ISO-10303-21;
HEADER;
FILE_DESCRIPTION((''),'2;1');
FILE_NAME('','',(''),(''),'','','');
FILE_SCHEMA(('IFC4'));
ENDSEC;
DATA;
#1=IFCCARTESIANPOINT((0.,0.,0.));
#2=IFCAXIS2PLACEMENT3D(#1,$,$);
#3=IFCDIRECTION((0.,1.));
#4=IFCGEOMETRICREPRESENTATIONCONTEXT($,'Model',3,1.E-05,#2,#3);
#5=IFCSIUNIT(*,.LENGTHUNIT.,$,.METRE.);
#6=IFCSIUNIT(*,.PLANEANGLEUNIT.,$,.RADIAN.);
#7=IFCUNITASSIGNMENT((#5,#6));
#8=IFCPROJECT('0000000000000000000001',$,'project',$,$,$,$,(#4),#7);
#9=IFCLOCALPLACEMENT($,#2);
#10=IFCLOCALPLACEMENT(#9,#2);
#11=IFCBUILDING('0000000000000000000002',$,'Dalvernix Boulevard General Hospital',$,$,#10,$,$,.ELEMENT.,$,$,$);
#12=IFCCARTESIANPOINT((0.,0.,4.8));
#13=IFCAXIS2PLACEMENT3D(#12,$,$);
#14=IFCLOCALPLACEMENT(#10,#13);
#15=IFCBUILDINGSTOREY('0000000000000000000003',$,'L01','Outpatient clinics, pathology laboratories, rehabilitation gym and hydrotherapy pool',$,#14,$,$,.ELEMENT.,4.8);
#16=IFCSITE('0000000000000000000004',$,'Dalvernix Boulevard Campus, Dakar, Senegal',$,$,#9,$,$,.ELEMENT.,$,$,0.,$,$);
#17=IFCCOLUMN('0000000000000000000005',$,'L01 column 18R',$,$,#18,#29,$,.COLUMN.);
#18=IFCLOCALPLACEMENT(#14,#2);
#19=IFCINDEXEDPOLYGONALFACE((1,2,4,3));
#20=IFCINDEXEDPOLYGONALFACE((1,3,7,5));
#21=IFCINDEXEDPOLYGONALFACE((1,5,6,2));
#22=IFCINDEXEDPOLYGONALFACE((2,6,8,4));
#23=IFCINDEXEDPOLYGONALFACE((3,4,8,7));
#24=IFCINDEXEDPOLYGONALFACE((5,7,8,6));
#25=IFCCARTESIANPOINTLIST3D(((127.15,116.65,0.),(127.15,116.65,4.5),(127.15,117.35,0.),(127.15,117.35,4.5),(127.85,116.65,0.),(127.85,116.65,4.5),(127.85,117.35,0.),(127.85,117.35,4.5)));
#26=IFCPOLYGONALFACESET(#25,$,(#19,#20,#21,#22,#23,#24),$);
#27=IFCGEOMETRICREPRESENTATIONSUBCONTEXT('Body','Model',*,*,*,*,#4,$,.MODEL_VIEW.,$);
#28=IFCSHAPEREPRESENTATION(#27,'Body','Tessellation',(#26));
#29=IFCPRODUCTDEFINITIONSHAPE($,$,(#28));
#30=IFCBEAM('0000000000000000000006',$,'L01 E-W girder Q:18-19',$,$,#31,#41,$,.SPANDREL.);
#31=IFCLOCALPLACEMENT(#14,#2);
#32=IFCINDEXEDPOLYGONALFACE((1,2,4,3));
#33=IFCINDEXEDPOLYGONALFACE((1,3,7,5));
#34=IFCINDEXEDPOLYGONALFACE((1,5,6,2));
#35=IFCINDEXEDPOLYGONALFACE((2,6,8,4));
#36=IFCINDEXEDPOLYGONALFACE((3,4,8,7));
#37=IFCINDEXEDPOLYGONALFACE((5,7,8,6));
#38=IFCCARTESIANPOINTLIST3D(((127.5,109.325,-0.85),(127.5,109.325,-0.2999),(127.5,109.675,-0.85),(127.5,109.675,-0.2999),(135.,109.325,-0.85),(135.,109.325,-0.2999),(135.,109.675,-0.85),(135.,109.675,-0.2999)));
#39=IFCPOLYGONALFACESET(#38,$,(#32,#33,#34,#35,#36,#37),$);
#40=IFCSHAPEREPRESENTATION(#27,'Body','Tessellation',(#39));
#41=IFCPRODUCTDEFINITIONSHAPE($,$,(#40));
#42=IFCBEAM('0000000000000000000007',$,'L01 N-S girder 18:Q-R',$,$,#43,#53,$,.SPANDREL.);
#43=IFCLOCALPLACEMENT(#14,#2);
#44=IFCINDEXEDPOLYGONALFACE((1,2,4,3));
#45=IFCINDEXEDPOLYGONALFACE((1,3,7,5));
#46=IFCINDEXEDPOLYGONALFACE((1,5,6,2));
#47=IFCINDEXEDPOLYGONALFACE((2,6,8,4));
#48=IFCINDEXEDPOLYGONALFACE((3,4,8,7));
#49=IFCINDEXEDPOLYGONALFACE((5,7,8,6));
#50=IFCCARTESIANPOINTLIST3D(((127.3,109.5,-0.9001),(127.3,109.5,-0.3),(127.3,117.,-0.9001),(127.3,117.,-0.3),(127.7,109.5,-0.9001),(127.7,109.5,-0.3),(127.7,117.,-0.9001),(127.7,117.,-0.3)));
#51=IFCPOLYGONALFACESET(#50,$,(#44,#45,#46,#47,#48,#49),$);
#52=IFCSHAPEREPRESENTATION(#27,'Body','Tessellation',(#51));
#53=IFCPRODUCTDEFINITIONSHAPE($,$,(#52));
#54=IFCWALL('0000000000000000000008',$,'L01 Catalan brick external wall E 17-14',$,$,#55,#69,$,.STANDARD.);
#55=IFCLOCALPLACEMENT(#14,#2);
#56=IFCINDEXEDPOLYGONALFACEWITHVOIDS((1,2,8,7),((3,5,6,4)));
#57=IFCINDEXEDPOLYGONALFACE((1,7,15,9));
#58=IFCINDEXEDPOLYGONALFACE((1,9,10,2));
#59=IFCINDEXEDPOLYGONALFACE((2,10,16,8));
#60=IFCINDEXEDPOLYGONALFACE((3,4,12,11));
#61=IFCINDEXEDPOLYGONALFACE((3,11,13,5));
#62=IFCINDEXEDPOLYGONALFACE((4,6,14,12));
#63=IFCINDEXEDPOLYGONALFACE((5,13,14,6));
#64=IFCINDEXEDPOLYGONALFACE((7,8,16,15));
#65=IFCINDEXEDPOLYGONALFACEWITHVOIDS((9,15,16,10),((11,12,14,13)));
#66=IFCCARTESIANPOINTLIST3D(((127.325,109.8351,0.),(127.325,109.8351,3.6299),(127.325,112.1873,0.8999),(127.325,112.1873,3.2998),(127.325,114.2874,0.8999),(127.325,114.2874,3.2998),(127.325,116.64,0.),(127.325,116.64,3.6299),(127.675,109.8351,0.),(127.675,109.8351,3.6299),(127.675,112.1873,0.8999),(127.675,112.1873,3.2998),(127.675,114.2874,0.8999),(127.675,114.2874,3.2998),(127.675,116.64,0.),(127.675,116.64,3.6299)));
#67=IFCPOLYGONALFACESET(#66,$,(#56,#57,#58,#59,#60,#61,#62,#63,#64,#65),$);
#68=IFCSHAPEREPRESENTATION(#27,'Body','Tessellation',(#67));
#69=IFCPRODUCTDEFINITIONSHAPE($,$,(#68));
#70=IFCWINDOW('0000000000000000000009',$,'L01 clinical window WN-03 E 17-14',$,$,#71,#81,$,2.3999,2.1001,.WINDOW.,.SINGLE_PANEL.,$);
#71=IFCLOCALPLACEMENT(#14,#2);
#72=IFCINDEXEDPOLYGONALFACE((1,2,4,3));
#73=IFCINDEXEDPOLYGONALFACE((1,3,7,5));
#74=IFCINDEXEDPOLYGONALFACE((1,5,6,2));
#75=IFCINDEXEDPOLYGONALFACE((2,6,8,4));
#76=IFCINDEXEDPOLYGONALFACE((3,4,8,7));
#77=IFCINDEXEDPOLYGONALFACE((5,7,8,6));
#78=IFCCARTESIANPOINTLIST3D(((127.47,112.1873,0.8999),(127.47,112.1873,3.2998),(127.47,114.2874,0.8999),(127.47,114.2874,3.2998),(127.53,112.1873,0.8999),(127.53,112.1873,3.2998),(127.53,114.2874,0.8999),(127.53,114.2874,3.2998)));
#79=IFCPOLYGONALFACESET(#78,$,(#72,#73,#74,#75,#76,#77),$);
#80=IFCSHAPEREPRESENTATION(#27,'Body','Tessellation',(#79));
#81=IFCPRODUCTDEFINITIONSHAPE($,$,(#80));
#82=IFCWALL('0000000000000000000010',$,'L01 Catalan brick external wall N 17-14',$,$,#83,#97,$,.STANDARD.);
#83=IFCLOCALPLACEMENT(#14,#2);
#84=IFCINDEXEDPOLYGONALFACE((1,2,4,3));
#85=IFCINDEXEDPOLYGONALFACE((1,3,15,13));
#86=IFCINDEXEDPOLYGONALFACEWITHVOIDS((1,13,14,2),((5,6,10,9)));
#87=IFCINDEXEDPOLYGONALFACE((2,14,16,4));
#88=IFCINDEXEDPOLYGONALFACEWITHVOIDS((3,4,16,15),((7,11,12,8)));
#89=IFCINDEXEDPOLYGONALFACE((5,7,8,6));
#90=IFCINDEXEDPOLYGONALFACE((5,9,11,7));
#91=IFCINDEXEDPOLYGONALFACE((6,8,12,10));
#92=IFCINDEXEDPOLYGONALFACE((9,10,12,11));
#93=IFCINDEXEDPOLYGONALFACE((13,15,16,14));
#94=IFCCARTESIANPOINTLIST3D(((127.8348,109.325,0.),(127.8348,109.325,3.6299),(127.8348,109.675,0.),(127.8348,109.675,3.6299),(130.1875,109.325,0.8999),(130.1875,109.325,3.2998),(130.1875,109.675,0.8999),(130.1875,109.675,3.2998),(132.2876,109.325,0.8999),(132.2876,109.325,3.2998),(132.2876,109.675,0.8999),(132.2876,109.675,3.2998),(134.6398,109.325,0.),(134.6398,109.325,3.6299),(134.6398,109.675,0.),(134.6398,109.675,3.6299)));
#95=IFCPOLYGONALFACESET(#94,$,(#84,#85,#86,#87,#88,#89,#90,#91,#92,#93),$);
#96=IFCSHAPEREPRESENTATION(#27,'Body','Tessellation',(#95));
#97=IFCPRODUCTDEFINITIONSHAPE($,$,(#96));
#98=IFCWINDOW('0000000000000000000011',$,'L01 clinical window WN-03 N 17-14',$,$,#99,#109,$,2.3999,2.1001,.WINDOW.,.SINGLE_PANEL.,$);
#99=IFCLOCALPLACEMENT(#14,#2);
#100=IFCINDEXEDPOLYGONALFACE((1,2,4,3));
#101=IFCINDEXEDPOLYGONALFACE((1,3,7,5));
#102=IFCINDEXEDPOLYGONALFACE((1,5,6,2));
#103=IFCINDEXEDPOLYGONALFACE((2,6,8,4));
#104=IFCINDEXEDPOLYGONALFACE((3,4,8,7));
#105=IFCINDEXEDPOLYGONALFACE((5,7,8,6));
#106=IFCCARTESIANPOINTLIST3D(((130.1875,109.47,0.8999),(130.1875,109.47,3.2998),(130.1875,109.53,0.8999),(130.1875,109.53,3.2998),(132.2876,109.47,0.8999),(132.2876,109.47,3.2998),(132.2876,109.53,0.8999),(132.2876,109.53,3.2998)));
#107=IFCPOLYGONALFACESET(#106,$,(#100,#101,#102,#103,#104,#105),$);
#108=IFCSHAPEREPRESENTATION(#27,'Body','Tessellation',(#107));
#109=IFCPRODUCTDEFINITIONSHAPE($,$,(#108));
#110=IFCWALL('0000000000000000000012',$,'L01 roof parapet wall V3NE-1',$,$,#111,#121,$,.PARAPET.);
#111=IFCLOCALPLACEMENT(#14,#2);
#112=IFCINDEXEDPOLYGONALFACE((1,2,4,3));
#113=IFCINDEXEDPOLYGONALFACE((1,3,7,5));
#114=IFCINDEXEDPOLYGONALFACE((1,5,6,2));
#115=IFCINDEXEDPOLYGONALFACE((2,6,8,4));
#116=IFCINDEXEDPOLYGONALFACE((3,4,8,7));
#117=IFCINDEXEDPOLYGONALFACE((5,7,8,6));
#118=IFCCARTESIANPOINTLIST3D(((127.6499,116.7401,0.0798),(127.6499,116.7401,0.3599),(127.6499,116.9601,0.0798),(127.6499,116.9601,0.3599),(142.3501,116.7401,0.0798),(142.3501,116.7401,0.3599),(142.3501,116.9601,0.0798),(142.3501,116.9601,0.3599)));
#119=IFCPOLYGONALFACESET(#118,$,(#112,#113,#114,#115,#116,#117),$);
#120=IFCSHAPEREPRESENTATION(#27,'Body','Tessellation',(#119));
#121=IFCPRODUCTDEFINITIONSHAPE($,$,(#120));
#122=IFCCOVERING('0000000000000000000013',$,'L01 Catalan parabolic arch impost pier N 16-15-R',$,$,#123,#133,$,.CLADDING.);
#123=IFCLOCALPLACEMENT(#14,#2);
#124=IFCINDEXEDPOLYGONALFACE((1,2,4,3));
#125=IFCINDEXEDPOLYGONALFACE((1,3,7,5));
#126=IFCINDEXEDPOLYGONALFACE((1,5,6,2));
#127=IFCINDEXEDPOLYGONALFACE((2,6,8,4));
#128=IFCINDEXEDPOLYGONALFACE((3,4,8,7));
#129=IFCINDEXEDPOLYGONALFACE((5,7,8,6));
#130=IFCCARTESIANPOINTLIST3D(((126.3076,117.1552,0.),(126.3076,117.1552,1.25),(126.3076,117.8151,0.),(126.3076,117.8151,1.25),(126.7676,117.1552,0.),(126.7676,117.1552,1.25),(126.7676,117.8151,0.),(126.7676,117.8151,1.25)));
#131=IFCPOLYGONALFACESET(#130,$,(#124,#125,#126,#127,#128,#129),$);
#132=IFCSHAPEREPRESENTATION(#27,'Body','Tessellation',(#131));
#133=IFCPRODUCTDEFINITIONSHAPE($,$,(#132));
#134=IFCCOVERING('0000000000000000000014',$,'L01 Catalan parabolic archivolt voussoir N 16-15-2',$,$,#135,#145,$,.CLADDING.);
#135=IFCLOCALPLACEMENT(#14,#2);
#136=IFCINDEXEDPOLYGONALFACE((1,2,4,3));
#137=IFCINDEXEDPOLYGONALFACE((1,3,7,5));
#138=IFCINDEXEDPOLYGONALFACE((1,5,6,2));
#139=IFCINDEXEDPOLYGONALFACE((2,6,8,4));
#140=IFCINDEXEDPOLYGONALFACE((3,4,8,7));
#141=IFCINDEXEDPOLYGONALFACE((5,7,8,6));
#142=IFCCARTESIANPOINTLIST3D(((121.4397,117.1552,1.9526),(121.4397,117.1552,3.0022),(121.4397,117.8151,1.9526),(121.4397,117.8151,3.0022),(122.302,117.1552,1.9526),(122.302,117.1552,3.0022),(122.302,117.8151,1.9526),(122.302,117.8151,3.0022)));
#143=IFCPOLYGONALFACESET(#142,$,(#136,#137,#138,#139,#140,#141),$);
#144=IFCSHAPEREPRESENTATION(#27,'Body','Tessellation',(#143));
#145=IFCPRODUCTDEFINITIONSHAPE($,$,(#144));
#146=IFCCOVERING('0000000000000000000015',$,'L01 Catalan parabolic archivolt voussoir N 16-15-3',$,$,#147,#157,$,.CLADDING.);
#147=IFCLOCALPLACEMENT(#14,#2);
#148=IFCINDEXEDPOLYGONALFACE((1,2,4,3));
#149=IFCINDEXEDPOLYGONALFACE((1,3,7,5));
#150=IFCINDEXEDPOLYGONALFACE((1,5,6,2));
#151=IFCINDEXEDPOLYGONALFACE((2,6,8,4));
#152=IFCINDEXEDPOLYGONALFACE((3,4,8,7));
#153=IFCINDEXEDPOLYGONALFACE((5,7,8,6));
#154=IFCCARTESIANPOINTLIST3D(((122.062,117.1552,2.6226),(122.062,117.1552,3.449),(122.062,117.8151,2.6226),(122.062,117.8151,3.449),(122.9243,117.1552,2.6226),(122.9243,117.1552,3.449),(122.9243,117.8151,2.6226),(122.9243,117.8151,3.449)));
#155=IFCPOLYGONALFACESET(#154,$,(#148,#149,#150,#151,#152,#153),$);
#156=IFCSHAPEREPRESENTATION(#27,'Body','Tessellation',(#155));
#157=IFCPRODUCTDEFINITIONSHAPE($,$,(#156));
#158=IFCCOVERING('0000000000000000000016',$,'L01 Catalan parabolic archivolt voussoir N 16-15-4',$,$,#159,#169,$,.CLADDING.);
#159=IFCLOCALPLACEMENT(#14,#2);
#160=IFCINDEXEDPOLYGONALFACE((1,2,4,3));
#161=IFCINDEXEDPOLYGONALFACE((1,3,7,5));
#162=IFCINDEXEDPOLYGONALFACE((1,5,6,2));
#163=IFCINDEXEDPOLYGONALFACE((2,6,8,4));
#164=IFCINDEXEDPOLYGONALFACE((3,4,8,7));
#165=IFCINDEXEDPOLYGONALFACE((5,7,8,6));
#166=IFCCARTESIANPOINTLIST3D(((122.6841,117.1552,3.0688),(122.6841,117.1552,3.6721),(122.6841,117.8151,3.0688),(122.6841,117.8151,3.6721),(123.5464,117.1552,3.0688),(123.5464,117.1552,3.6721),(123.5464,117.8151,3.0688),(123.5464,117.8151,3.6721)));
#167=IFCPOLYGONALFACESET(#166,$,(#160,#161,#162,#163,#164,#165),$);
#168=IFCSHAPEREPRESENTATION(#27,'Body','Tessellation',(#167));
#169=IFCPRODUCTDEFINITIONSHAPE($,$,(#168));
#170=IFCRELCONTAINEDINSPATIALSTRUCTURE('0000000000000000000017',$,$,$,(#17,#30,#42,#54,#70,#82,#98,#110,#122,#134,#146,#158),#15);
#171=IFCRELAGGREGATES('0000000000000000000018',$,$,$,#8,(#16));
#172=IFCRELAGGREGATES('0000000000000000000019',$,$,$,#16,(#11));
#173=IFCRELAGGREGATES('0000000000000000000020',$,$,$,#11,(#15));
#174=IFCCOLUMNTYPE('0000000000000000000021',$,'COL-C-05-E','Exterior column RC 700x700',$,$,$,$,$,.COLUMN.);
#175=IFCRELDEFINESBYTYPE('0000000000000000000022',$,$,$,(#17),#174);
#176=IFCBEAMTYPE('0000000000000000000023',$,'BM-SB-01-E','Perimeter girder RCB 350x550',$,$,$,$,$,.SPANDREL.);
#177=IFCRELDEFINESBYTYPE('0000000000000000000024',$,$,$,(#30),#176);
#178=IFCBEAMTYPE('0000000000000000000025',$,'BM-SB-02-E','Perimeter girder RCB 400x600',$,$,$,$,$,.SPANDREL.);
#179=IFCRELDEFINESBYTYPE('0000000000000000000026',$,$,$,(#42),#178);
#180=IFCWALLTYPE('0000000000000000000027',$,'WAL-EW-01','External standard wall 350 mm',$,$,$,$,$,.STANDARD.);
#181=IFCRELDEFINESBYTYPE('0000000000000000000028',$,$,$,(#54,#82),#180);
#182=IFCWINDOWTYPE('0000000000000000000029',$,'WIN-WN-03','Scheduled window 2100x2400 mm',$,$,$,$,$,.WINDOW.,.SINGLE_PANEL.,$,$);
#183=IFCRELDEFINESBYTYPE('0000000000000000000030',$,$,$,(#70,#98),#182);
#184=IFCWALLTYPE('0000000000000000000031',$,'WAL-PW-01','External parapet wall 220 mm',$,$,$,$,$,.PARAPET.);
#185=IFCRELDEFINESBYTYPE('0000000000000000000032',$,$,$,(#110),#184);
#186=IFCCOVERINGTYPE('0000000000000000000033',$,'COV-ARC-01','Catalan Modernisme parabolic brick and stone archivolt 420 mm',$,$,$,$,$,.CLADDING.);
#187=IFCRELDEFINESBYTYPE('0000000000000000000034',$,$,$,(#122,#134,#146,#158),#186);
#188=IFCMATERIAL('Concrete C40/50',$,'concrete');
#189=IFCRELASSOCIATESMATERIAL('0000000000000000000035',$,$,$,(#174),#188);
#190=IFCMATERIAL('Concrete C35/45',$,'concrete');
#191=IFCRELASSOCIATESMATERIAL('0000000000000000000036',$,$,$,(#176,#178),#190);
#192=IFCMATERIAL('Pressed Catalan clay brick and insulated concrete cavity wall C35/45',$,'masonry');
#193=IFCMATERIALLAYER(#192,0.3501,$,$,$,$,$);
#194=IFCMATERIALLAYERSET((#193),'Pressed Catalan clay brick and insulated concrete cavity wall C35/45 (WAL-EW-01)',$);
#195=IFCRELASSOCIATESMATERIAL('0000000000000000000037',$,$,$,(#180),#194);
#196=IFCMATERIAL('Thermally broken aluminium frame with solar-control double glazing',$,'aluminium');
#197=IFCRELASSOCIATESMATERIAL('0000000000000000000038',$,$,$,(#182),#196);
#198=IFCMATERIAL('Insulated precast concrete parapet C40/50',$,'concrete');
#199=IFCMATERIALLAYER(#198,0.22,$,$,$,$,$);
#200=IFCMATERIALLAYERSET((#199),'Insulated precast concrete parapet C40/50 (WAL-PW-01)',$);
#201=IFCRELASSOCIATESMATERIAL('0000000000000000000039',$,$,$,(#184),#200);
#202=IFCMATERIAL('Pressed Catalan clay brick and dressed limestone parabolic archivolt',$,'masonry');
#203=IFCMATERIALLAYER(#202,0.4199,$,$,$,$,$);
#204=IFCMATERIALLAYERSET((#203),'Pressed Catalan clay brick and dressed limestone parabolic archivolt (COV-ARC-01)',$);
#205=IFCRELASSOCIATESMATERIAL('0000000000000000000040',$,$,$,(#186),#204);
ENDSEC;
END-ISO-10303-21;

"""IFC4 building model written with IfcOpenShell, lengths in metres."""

from ifc_helpers import new_model, si_unit, direction, frame, frame_2d, origin, origin_2d, place, context, subcontext, project, spatial, rectangle, extrude, material, layer, layer_set, material_profile, profile_set, type_object, element, fill, save


model = new_model("IFC4")

# Units and contexts
model_context = context("Model", 3, precision=1e-05, world=origin(), true_north=direction((0.0, 1.0)))
body_context = subcontext(model_context, "Body", "Model", "MODEL_VIEW")
ifc_project = project(units=[si_unit("LENGTHUNIT", "METRE"), si_unit("PLANEANGLEUNIT", "RADIAN")], contexts=[model_context])

# Site, building, storey
site_placement = place(None, origin())
site = spatial("IfcSite", under=ifc_project, at=site_placement, Name="Dalvernix Boulevard Campus, Dakar, Senegal", CompositionType="ELEMENT", RefElevation=0.0)
building_placement = place(site_placement, origin())
building = spatial("IfcBuilding", under=site, at=building_placement, Name="Dalvernix Boulevard General Hospital", CompositionType="ELEMENT")
storey_placement = place(building_placement, frame((0.0, 0.0, 4.8)))
storey = spatial("IfcBuildingStorey", under=building, at=storey_placement, Name="L01", Description="Outpatient clinics, pathology laboratories, rehabilitation gym and hydrotherapy pool", CompositionType="ELEMENT", Elevation=4.8)

# Column
ifc_material_1 = material(Name="Concrete C40/50", Category="concrete")
ifc_material_profile_1 = material_profile(ifc_material_1, rectangle(XDim=0.7, YDim=0.7, at=origin_2d()), Name="RC 700x700")
ifc_profile_set_1 = profile_set([ifc_material_profile_1], Name="Concrete C40/50")
column_type = type_object("IfcColumnType", Name="COL-C-05-E", Description="Exterior column RC 700x700", PredefinedType="COLUMN", material=ifc_profile_set_1)
column_placement = place(storey_placement, frame((127.5, 117.0, 0.0), z_axis=(0.0, 0.0, 1.0), x_axis=(1.0, 0.0, 0.0)))
element("IfcColumn", 1, at=column_placement, inside=storey, type_object=column_type, Name="L01 column 18R", PredefinedType="COLUMN", context=body_context, shape_type="SweptSolid", body=[
    extrude(rectangle(XDim=0.7, YDim=0.7, at=origin_2d()), origin(), (0.0, 0.0, 1.0), 4.5),
])

# Beams
ifc_material_2 = material(Name="Concrete C35/45", Category="concrete")
ifc_material_profile_2 = material_profile(ifc_material_2, rectangle(XDim=0.3501, YDim=0.55, at=origin_2d()), Name="RCB 350x550")
ifc_profile_set_2 = profile_set([ifc_material_profile_2], Name="Concrete C35/45")
beam_type_1 = type_object("IfcBeamType", Name="BM-SB-01-E", Description="Perimeter girder RCB 350x550", PredefinedType="SPANDREL", material=ifc_profile_set_2)
beam_1_placement = place(storey_placement, frame((127.5, 109.5, -0.575), z_axis=(1.0, 0.0, 0.0), x_axis=(0.0, 1.0, 0.0)))
element("IfcBeam", 2, at=beam_1_placement, inside=storey, type_object=beam_type_1, Name="L01 E-W girder Q:18-19", PredefinedType="SPANDREL", context=body_context, shape_type="SweptSolid", body=[
    extrude(rectangle(XDim=0.3501, YDim=0.55, at=origin_2d()), origin(), (0.0, 0.0, 1.0), 7.5),
])
ifc_material_profile_3 = material_profile(ifc_material_2, rectangle(XDim=0.3999, YDim=0.6001, at=origin_2d()), Name="RCB 400x600")
ifc_profile_set_3 = profile_set([ifc_material_profile_3], Name="Concrete C35/45")
beam_type_2 = type_object("IfcBeamType", Name="BM-SB-02-E", Description="Perimeter girder RCB 400x600", PredefinedType="SPANDREL", material=ifc_profile_set_3)
beam_2_placement = place(storey_placement, frame((127.5, 109.5, -0.6001), z_axis=(0.0, 1.0, 0.0), x_axis=(-1.0, 0.0, 0.0)))
element("IfcBeam", 3, at=beam_2_placement, inside=storey, type_object=beam_type_2, Name="L01 N-S girder 18:Q-R", PredefinedType="SPANDREL", context=body_context, shape_type="SweptSolid", body=[
    extrude(rectangle(XDim=0.3999, YDim=0.6001, at=origin_2d()), origin(), (0.0, 0.0, 1.0), 7.5),
])

# Walls, openings, windows
ifc_material_3 = material(Name="Pressed Catalan clay brick and insulated concrete cavity wall C35/45", Category="masonry")
ifc_layer_1 = layer(ifc_material_3, 0.3501)
ifc_layer_set_1 = layer_set([ifc_layer_1], Name="Pressed Catalan clay brick and insulated concrete cavity wall C35/45 (WAL-EW-01)")
wall_type_1 = type_object("IfcWallType", Name="WAL-EW-01", Description="External standard wall 350 mm", PredefinedType="STANDARD", material=ifc_layer_set_1)
wall_1_placement = place(storey_placement, frame((127.5, 116.6399, 0.0), z_axis=(0.0, 0.0, 1.0), x_axis=(0.0, -1.0, 0.0)))
wall_1 = element("IfcWall", 4, at=wall_1_placement, inside=storey, type_object=wall_type_1, Name="L01 Catalan brick external wall E 17-14", PredefinedType="STANDARD", context=body_context, shape_type="SweptSolid", body=[
    extrude(rectangle(XDim=6.8049, YDim=0.3501, at=frame_2d((3.4023, 0.0))), origin(), (0.0, 0.0, 1.0), 3.6299),
])
opening_1_placement = place(wall_1_placement, frame((2.3525, 0.0, 0.8999)))
opening_1 = element("IfcOpeningElement", 5, at=opening_1_placement, cuts=wall_1, PredefinedType="OPENING", context=body_context, shape_type="SweptSolid", body=[
    extrude(rectangle(XDim=2.1001, YDim=2.3999, at=frame_2d((1.05, 1.2))), frame((0.0, 0.1851, 0.0), z_axis=(0.0, -1.0, 0.0), x_axis=(1.0, 0.0, 0.0)), (0.0, 0.0, 1.0), 0.3701),
])
ifc_material_4 = material(Name="Thermally broken aluminium frame with solar-control double glazing", Category="aluminium")
window_type = type_object("IfcWindowType", Name="WIN-WN-03", Description="Scheduled window 2100x2400 mm", PartitioningType="SINGLE_PANEL", PredefinedType="WINDOW", material=ifc_material_4)
window_1_placement = place(opening_1_placement, origin())
window_1 = element("IfcWindow", 6, at=window_1_placement, inside=storey, type_object=window_type, Name="L01 clinical window WN-03 E 17-14", OverallHeight=2.3999, OverallWidth=2.1001, PartitioningType="SINGLE_PANEL", PredefinedType="WINDOW", context=body_context, shape_type="SweptSolid", body=[
    extrude(rectangle(XDim=2.1001, YDim=2.3999, at=frame_2d((1.05, 1.2))), frame((0.0, 0.03, 0.0), z_axis=(0.0, -1.0, 0.0), x_axis=(1.0, 0.0, 0.0)), (0.0, 0.0, 1.0), 0.0601),
])
fill(opening_1, window_1)
wall_2_placement = place(storey_placement, frame((127.835, 109.5, 0.0), z_axis=(0.0, 0.0, 1.0), x_axis=(1.0, 0.0, 0.0)))
wall_2 = element("IfcWall", 7, at=wall_2_placement, inside=storey, type_object=wall_type_1, Name="L01 Catalan brick external wall N 17-14", PredefinedType="STANDARD", context=body_context, shape_type="SweptSolid", body=[
    extrude(rectangle(XDim=6.8049, YDim=0.3501, at=frame_2d((3.4023, 0.0))), origin(), (0.0, 0.0, 1.0), 3.6299),
])
opening_2_placement = place(wall_2_placement, frame((2.3525, 0.0, 0.8999)))
opening_2 = element("IfcOpeningElement", 8, at=opening_2_placement, cuts=wall_2, PredefinedType="OPENING", context=body_context, shape_type="SweptSolid", body=[
    extrude(rectangle(XDim=2.1001, YDim=2.3999, at=frame_2d((1.05, 1.2))), frame((0.0, 0.1851, 0.0), z_axis=(0.0, -1.0, 0.0), x_axis=(1.0, 0.0, 0.0)), (0.0, 0.0, 1.0), 0.3701),
])
window_2_placement = place(opening_2_placement, origin())
window_2 = element("IfcWindow", 9, at=window_2_placement, inside=storey, type_object=window_type, Name="L01 clinical window WN-03 N 17-14", OverallHeight=2.3999, OverallWidth=2.1001, PartitioningType="SINGLE_PANEL", PredefinedType="WINDOW", context=body_context, shape_type="SweptSolid", body=[
    extrude(rectangle(XDim=2.1001, YDim=2.3999, at=frame_2d((1.05, 1.2))), frame((0.0, 0.03, 0.0), z_axis=(0.0, -1.0, 0.0), x_axis=(1.0, 0.0, 0.0)), (0.0, 0.0, 1.0), 0.0601),
])
fill(opening_2, window_2)

# Wall
ifc_material_5 = material(Name="Insulated precast concrete parapet C40/50", Category="concrete")
ifc_layer_2 = layer(ifc_material_5, 0.22)
ifc_layer_set_2 = layer_set([ifc_layer_2], Name="Insulated precast concrete parapet C40/50 (WAL-PW-01)")
wall_type_2 = type_object("IfcWallType", Name="WAL-PW-01", Description="External parapet wall 220 mm", PredefinedType="PARAPET", material=ifc_layer_set_2)
wall_3_placement = place(storey_placement, frame((127.6499, 116.8501, 0.0798), z_axis=(0.0, 0.0, 1.0), x_axis=(1.0, 0.0, 0.0)))
element("IfcWall", 10, at=wall_3_placement, inside=storey, type_object=wall_type_2, Name="L01 roof parapet wall V3NE-1", PredefinedType="PARAPET", context=body_context, shape_type="SweptSolid", body=[
    extrude(rectangle(XDim=14.7002, YDim=0.22, at=frame_2d((7.3501, 0.0))), origin(), (0.0, 0.0, 1.0), 0.28),
])

# Coverings
ifc_material_6 = material(Name="Pressed Catalan clay brick and dressed limestone parabolic archivolt", Category="masonry")
ifc_layer_3 = layer(ifc_material_6, 0.4199)
ifc_layer_set_3 = layer_set([ifc_layer_3], Name="Pressed Catalan clay brick and dressed limestone parabolic archivolt (COV-ARC-01)")
covering_type_1 = type_object("IfcCoveringType", Name="COV-ARC-01", Description="Catalan Modernisme parabolic brick and stone archivolt 420 mm", PredefinedType="CLADDING", material=ifc_layer_set_3)
covering_1_placement = place(storey_placement, frame((126.5376, 117.4851, 0.0), z_axis=(0.0, 0.0, 1.0), x_axis=(1.0, 0.0, 0.0)))
element("IfcCovering", 11, at=covering_1_placement, inside=storey, type_object=covering_type_1, Name="L01 Catalan parabolic arch impost pier N 16-15-R", PredefinedType="CLADDING", context=body_context, shape_type="SweptSolid", body=[
    extrude(rectangle(XDim=0.46, YDim=0.6599, at=origin_2d()), origin(), (0.0, 0.0, 1.0), 1.25),
])
covering_2_placement = place(storey_placement, frame((121.8708, 117.4851, 1.9526), z_axis=(0.0, 0.0, 1.0), x_axis=(1.0, 0.0, 0.0)))
element("IfcCovering", 12, at=covering_2_placement, inside=storey, type_object=covering_type_1, Name="L01 Catalan parabolic archivolt voussoir N 16-15-2", PredefinedType="CLADDING", context=body_context, shape_type="SweptSolid", body=[
    extrude(rectangle(XDim=0.8623, YDim=0.6599, at=origin_2d()), origin(), (0.0, 0.0, 1.0), 1.0496),
])
covering_3_placement = place(storey_placement, frame((122.4932, 117.4851, 2.6226), z_axis=(0.0, 0.0, 1.0), x_axis=(1.0, 0.0, 0.0)))
element("IfcCovering", 13, at=covering_3_placement, inside=storey, type_object=covering_type_1, Name="L01 Catalan parabolic archivolt voussoir N 16-15-3", PredefinedType="CLADDING", context=body_context, shape_type="SweptSolid", body=[
    extrude(rectangle(XDim=0.8623, YDim=0.6599, at=origin_2d()), origin(), (0.0, 0.0, 1.0), 0.8264),
])
covering_4_placement = place(storey_placement, frame((123.1152, 117.4851, 3.0688), z_axis=(0.0, 0.0, 1.0), x_axis=(1.0, 0.0, 0.0)))
element("IfcCovering", 14, at=covering_4_placement, inside=storey, type_object=covering_type_1, Name="L01 Catalan parabolic archivolt voussoir N 16-15-4", PredefinedType="CLADDING", context=body_context, shape_type="SweptSolid", body=[
    extrude(rectangle(XDim=0.8623, YDim=0.6599, at=origin_2d()), origin(), (0.0, 0.0, 1.0), 0.6033),
])

save(model, "model.ifc")
